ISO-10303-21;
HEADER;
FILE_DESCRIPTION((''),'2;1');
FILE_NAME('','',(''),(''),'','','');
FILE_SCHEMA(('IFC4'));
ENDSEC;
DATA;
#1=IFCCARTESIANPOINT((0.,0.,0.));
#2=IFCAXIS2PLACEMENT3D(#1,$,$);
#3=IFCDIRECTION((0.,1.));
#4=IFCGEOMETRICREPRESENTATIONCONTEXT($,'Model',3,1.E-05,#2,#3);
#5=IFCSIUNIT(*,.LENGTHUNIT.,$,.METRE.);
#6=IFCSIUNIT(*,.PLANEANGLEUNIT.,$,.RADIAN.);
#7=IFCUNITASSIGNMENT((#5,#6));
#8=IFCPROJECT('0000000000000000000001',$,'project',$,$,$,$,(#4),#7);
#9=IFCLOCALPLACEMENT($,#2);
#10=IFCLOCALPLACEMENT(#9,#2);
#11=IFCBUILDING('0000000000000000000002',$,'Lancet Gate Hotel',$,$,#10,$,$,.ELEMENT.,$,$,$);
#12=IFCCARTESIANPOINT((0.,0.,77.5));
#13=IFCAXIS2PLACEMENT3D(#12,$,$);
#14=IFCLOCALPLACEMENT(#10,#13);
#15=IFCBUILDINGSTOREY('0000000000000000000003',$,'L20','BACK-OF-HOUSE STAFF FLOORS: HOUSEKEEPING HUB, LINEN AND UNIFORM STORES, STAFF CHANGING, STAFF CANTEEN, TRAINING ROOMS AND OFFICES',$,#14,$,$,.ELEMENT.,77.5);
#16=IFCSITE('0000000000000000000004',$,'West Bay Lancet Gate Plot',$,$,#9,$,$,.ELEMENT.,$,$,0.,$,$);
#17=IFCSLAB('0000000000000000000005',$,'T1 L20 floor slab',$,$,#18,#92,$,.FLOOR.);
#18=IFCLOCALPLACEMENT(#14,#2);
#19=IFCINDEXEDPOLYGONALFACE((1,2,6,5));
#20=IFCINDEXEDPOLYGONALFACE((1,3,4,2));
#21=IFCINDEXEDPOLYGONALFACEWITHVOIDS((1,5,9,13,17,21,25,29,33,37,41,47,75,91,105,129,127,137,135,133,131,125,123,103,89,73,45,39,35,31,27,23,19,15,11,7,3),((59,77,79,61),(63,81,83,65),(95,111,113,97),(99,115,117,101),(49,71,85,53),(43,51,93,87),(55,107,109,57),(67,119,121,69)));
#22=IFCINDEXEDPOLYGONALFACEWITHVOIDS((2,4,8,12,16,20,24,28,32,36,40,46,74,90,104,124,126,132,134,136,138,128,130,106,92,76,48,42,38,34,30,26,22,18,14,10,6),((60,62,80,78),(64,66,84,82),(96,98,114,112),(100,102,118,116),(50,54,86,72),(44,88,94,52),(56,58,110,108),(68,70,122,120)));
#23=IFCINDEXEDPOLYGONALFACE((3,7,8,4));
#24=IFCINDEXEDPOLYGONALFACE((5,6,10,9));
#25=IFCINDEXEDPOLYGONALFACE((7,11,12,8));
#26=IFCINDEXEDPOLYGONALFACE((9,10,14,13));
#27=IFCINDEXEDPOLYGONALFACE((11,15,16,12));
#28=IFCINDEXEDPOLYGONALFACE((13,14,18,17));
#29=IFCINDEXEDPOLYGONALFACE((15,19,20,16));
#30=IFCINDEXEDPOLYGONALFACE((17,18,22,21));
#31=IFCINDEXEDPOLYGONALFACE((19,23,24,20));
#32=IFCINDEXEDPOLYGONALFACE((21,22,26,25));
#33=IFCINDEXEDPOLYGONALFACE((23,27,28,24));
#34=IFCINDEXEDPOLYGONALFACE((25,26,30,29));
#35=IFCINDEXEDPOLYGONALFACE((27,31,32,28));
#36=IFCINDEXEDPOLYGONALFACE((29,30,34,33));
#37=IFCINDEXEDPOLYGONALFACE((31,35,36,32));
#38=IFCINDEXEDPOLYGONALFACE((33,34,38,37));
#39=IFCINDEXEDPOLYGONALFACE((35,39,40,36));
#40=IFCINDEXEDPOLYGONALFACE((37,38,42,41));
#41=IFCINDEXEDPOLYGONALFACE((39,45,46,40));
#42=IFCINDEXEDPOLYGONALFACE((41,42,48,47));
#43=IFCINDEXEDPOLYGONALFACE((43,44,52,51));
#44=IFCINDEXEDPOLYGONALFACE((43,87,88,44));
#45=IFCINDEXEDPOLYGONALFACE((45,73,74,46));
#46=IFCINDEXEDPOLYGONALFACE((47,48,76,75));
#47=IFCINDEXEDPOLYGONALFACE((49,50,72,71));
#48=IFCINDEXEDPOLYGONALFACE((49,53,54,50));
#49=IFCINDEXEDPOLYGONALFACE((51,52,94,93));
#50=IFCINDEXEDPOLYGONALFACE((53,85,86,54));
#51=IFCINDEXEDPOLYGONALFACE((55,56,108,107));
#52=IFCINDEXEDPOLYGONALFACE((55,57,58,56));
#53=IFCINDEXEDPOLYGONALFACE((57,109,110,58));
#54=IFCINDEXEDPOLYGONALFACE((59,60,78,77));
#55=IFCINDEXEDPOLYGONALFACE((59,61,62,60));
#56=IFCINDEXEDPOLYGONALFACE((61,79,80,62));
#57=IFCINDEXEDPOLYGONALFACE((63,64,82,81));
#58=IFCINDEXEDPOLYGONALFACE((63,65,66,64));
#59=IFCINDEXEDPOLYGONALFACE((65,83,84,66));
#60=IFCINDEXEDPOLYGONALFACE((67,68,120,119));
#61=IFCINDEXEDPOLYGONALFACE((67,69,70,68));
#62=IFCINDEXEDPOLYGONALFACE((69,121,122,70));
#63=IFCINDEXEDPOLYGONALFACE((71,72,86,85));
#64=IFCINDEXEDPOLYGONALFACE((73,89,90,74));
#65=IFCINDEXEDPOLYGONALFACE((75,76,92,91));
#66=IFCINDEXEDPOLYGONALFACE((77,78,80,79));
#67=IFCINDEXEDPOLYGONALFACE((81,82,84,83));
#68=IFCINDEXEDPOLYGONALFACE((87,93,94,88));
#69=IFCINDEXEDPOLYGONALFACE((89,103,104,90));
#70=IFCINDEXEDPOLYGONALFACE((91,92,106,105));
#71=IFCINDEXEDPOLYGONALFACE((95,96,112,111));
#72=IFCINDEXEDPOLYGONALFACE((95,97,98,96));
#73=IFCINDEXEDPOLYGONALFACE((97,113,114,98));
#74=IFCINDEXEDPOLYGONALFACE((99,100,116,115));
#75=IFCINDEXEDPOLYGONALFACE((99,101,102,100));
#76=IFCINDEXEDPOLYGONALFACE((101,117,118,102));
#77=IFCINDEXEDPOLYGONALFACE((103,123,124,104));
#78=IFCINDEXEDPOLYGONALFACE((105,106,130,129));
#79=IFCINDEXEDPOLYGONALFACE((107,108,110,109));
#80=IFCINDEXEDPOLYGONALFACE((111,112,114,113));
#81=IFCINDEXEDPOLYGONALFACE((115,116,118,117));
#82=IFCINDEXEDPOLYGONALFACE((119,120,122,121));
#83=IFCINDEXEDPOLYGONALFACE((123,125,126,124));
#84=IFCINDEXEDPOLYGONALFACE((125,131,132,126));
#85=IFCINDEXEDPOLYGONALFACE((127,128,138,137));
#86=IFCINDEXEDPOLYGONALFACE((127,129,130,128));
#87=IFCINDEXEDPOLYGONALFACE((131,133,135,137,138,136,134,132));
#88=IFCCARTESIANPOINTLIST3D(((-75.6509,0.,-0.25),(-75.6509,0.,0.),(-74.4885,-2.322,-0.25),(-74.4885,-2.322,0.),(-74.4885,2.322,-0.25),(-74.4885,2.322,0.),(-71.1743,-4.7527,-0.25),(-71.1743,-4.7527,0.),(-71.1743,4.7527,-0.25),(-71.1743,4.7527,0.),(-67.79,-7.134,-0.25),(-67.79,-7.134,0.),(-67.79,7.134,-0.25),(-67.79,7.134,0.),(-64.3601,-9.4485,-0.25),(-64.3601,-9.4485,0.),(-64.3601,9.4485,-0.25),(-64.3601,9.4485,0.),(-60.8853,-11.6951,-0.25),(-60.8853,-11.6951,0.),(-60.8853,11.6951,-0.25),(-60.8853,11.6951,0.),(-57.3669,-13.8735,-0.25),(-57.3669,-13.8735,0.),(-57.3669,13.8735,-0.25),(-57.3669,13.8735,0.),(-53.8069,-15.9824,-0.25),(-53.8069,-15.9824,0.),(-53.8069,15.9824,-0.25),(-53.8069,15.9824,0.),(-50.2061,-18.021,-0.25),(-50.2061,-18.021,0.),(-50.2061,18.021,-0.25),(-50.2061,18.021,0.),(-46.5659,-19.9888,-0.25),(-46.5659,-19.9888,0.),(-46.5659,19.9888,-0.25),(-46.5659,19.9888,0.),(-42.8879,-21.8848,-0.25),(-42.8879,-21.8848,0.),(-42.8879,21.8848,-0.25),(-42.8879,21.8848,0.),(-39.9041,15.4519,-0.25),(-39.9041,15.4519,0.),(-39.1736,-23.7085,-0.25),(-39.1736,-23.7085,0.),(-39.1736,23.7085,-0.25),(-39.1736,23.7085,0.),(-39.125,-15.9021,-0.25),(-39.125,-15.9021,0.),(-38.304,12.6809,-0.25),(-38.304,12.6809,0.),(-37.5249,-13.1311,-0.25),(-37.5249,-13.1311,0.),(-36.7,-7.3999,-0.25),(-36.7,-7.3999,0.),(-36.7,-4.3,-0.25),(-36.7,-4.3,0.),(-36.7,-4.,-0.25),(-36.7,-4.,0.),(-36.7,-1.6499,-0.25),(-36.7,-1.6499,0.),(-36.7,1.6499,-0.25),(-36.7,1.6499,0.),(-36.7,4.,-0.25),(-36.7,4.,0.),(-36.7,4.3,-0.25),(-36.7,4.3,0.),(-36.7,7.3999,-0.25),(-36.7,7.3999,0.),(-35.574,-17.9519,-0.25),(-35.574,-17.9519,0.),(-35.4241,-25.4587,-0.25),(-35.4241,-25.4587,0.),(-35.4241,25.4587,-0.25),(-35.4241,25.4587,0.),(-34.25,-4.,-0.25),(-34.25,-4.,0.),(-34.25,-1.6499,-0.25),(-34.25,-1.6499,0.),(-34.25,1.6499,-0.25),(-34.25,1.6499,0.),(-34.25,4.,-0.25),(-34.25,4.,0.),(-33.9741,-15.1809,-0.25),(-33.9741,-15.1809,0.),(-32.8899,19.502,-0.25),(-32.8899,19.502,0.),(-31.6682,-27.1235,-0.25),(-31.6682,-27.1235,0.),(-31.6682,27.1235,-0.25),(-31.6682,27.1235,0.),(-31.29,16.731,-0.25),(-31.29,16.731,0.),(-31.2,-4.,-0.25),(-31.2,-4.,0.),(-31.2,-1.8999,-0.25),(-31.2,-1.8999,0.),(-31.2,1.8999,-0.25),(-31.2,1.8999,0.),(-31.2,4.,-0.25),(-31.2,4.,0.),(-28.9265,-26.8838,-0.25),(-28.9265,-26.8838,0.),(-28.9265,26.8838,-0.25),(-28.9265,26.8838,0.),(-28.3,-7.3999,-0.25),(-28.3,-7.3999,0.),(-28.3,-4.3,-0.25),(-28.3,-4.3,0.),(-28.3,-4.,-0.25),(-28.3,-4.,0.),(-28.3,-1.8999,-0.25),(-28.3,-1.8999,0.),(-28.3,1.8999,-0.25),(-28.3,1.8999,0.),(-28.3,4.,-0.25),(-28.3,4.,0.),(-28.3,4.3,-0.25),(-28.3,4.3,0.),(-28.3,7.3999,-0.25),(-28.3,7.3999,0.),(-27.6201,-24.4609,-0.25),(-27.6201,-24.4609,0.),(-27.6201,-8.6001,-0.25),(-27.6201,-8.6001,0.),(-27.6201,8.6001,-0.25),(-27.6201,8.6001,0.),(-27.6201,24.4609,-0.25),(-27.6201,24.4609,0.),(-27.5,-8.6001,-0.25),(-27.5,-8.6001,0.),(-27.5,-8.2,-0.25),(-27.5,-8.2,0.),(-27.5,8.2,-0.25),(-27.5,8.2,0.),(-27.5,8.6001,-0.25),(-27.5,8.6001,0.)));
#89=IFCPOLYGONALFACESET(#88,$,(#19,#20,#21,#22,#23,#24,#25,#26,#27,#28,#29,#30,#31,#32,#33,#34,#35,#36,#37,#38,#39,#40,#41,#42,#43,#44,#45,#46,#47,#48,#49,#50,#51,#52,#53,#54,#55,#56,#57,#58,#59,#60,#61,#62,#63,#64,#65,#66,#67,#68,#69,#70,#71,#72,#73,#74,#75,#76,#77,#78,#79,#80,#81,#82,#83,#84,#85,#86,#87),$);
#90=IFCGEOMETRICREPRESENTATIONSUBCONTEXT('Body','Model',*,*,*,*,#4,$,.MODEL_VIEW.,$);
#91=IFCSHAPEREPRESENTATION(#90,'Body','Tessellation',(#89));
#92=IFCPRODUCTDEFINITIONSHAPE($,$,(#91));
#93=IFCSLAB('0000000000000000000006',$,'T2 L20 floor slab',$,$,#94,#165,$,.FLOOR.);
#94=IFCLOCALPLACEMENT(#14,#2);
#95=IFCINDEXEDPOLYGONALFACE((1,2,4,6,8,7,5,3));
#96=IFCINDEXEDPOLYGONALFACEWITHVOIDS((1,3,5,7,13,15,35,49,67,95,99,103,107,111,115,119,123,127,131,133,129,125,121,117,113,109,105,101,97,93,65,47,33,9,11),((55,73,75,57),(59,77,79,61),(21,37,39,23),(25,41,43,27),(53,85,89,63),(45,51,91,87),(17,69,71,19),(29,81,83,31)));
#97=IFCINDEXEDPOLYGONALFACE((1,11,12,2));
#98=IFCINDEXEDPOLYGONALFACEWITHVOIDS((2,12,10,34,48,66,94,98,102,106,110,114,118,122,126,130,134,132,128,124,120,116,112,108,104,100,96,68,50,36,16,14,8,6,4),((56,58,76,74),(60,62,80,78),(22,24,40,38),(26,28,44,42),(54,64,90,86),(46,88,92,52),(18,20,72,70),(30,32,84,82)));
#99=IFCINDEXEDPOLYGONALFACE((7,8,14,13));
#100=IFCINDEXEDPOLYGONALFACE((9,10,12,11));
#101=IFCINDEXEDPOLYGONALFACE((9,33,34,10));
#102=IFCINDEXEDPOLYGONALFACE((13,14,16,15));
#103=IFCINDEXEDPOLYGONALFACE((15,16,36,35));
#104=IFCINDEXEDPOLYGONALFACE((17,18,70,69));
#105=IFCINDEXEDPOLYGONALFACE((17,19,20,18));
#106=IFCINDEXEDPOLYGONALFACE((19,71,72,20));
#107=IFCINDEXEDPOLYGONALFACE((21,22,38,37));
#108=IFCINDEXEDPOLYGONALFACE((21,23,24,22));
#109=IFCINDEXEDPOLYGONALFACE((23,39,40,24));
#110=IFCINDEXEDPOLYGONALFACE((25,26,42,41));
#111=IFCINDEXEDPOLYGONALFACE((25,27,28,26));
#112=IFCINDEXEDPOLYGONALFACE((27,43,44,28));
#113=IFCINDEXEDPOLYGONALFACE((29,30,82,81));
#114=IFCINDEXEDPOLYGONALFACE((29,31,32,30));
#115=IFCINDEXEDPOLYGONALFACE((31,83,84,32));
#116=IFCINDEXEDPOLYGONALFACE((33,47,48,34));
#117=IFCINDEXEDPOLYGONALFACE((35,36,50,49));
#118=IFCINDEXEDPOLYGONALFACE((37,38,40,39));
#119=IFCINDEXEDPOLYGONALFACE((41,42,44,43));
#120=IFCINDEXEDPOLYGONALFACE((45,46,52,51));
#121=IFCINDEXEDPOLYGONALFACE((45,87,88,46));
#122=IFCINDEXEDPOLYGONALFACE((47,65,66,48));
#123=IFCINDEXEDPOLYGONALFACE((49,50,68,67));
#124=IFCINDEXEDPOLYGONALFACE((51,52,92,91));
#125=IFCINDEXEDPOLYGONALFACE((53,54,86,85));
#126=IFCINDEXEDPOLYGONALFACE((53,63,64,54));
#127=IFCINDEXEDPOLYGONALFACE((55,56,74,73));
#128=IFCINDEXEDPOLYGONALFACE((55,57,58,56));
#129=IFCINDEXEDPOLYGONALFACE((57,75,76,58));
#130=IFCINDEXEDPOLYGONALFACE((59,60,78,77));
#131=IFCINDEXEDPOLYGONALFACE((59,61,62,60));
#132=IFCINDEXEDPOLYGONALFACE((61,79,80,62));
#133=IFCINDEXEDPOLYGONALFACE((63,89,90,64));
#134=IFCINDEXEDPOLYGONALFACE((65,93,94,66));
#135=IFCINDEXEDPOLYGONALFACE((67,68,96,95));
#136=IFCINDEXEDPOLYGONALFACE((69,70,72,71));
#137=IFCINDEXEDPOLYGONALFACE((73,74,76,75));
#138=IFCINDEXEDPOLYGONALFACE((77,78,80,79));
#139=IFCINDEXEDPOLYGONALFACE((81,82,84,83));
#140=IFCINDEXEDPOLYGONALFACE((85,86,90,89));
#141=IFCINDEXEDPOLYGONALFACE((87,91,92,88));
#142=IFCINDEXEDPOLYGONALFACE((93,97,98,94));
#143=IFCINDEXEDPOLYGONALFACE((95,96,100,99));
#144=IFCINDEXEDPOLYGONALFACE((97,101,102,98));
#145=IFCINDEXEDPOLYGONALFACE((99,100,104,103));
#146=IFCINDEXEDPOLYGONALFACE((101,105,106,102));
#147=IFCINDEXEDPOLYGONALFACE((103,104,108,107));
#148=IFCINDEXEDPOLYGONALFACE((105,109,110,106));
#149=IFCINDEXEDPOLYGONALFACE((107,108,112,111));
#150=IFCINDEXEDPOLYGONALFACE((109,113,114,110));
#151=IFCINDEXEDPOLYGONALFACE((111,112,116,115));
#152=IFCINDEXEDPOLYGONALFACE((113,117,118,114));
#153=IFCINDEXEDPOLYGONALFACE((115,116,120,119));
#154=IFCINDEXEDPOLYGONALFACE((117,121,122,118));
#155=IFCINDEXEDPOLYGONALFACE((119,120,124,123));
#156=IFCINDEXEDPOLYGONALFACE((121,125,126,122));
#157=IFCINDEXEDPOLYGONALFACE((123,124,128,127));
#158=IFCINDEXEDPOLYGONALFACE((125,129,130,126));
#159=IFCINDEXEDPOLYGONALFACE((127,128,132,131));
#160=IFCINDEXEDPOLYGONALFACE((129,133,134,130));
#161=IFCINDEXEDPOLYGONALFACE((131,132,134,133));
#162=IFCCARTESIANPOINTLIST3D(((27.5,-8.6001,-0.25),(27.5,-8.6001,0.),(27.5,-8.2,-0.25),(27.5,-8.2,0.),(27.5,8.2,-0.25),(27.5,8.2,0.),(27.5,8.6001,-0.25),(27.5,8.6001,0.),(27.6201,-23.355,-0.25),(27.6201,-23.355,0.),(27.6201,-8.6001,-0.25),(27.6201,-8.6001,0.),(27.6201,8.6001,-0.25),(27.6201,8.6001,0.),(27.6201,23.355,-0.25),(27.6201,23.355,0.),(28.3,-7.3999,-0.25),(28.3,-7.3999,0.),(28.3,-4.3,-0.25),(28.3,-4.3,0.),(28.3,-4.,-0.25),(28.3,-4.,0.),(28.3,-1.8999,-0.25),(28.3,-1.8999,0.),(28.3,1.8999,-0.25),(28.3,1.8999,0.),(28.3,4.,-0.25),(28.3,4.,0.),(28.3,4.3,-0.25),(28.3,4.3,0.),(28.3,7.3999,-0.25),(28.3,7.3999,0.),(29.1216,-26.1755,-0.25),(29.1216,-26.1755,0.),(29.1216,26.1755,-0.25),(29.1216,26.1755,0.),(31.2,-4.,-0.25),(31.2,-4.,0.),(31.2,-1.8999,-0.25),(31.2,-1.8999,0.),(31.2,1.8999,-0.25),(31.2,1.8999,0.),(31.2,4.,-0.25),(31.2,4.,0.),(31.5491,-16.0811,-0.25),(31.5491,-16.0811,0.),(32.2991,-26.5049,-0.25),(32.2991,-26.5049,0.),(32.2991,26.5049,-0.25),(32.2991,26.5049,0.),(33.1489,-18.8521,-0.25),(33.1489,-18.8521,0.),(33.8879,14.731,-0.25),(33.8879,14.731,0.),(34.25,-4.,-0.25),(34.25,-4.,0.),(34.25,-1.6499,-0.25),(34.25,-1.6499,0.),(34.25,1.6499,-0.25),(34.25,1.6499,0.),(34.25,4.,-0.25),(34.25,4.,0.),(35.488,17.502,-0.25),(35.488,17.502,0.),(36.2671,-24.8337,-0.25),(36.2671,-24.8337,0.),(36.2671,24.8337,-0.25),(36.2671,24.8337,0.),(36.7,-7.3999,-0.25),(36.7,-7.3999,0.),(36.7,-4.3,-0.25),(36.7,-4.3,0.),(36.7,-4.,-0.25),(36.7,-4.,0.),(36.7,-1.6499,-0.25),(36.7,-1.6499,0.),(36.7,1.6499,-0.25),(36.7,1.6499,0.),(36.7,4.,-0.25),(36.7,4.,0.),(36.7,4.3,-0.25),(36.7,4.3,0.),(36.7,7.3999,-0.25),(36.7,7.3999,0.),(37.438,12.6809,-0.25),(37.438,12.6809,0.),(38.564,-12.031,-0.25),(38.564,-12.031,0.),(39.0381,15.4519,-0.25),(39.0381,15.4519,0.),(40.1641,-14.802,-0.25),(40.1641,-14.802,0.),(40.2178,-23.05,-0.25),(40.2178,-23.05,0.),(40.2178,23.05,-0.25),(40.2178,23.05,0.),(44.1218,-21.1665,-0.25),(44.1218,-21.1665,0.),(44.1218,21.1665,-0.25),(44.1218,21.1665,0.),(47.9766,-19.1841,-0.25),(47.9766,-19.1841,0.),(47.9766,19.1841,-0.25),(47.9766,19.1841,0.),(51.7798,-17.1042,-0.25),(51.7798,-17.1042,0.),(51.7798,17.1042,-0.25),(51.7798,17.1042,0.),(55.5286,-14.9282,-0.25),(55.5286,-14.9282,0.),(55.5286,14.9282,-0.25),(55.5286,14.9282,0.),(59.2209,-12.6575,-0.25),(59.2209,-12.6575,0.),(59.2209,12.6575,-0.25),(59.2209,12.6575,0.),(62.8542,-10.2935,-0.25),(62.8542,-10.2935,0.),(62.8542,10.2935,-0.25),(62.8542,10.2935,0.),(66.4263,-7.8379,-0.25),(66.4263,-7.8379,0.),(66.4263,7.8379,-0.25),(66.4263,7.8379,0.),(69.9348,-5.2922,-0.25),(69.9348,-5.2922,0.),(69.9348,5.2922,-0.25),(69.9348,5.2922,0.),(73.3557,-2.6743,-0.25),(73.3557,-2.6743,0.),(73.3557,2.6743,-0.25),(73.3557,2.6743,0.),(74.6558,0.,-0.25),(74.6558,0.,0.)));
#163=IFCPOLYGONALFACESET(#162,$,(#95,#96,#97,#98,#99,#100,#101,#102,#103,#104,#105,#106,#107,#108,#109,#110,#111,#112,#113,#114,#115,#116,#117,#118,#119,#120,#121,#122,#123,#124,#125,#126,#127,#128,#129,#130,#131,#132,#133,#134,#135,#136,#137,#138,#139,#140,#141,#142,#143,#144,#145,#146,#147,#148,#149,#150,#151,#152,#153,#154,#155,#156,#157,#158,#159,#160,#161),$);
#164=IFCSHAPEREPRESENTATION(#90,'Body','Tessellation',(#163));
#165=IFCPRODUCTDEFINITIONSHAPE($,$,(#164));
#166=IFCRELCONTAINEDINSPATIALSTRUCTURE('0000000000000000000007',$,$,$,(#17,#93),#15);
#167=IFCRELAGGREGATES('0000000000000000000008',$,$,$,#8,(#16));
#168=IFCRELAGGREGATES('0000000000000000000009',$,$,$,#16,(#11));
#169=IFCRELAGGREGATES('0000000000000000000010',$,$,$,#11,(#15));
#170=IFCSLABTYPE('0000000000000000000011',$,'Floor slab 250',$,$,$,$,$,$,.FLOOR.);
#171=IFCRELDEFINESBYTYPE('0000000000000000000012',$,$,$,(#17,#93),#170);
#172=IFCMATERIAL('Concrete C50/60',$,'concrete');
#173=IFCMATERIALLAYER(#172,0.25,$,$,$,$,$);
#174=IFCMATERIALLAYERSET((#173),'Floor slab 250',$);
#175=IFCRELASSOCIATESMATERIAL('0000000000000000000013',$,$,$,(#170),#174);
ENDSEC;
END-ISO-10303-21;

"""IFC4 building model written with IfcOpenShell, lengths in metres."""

from ifc_helpers import new_model, si_unit, direction, frame, origin, place, context, subcontext, project, spatial, polyline, outline, extrude, material, layer, layer_set, type_object, element, save


model = new_model("IFC4")

# Units and contexts
model_context = context("Model", 3, precision=1e-05, world=origin(), true_north=direction((0.0, 1.0)))
body_context = subcontext(model_context, "Body", "Model", "MODEL_VIEW")
ifc_project = project(units=[si_unit("LENGTHUNIT", "METRE"), si_unit("PLANEANGLEUNIT", "RADIAN")], contexts=[model_context])

# Site, building, storey
site_placement = place(None, origin())
site = spatial("IfcSite", under=ifc_project, at=site_placement, Name="West Bay Lancet Gate Plot", CompositionType="ELEMENT", RefElevation=0.0)
building_placement = place(site_placement, origin())
building = spatial("IfcBuilding", under=site, at=building_placement, Name="Lancet Gate Hotel", CompositionType="ELEMENT")
storey_placement = place(building_placement, frame((0.0, 0.0, 77.5)))
storey = spatial("IfcBuildingStorey", under=building, at=storey_placement, Name="L20", Description="BACK-OF-HOUSE STAFF FLOORS: HOUSEKEEPING HUB, LINEN AND UNIFORM STORES, STAFF CHANGING, STAFF CANTEEN, TRAINING ROOMS AND OFFICES", CompositionType="ELEMENT", Elevation=77.5)

# Slabs
ifc_material_1 = material(Name="Concrete C50/60", Category="concrete")
ifc_layer_1 = layer(ifc_material_1, 0.25)
ifc_layer_set_1 = layer_set([ifc_layer_1], Name="Floor slab 250")
slab_type = type_object("IfcSlabType", Name="Floor slab 250", PredefinedType="FLOOR", material=ifc_layer_set_1)
slab_1_placement = place(storey_placement, frame((0.0, 0.0, -0.25)))
element("IfcSlab", 1, at=slab_1_placement, inside=storey, type_object=slab_type, Name="T1 L20 floor slab", PredefinedType="FLOOR", context=body_context, shape_type="SweptSolid", body=[
    extrude(outline(polyline([(-27.5, 8.6001), (-27.6201, 8.6001), (-27.6201, 24.4609), (-28.9265, 26.8838), (-31.6682, 27.1235), (-35.4241, 25.4587), (-39.1736, 23.7085), (-42.8879, 21.8848), (-46.5659, 19.9888), (-50.2061, 18.021), (-53.8069, 15.9824), (-57.3669, 13.8735), (-60.8853, 11.6951), (-64.3601, 9.4485), (-67.79, 7.134), (-71.1743, 4.7527), (-74.4885, 2.322), (-75.6509, 0.0), (-74.4885, -2.322), (-71.1743, -4.7527), (-67.79, -7.134), (-64.3601, -9.4485), (-60.8853, -11.6951), (-57.3669, -13.8735), (-53.8069, -15.9824), (-50.2061, -18.021), (-46.5659, -19.9888), (-42.8879, -21.8848), (-39.1736, -23.7085), (-35.4241, -25.4587), (-31.6682, -27.1235), (-28.9265, -26.8838), (-27.6201, -24.4609), (-27.6201, -8.6001), (-27.5, -8.6001), (-27.5, -8.2), (-27.5, 8.2), (-27.5, 8.6001)]), holes=[polyline([(-36.7, 7.3999), (-36.7, 4.3), (-28.3, 4.3), (-28.3, 7.3999), (-36.7, 7.3999)]), polyline([(-28.3, 4.0), (-31.2, 4.0), (-31.2, 1.8999), (-28.3, 1.8999), (-28.3, 4.0)]), polyline([(-34.25, 4.0), (-36.7, 4.0), (-36.7, 1.6499), (-34.25, 1.6499), (-34.25, 4.0)]), polyline([(-36.7, -1.6499), (-36.7, -4.0), (-34.25, -4.0), (-34.25, -1.6499), (-36.7, -1.6499)]), polyline([(-28.3, -1.8999), (-31.2, -1.8999), (-31.2, -4.0), (-28.3, -4.0), (-28.3, -1.8999)]), polyline([(-28.3, -4.3), (-36.7, -4.3), (-36.7, -7.3999), (-28.3, -7.3999), (-28.3, -4.3)]), polyline([(-31.29, 16.731), (-32.8899, 19.502), (-39.9041, 15.4519), (-38.304, 12.6809), (-31.29, 16.731)]), polyline([(-33.9741, -15.1809), (-37.5249, -13.1311), (-39.125, -15.9021), (-35.574, -17.9519), (-33.9741, -15.1809)])]), origin(), (0.0, 0.0, 1.0), 0.25),
])
slab_2_placement = place(storey_placement, frame((0.0, 0.0, -0.25)))
element("IfcSlab", 2, at=slab_2_placement, inside=storey, type_object=slab_type, Name="T2 L20 floor slab", PredefinedType="FLOOR", context=body_context, shape_type="SweptSolid", body=[
    extrude(outline(polyline([(27.5, -8.6001), (27.6201, -8.6001), (27.6201, -23.355), (29.1216, -26.1755), (32.2991, -26.5049), (36.2671, -24.8337), (40.2178, -23.05), (44.1218, -21.1665), (47.9766, -19.1841), (51.7798, -17.1042), (55.5286, -14.9282), (59.2209, -12.6575), (62.8542, -10.2935), (66.4263, -7.8379), (69.9348, -5.2922), (73.3557, -2.6743), (74.6558, 0.0), (73.3557, 2.6743), (69.9348, 5.2922), (66.4263, 7.8379), (62.8542, 10.2935), (59.2209, 12.6575), (55.5286, 14.9282), (51.7798, 17.1042), (47.9766, 19.1841), (44.1218, 21.1665), (40.2178, 23.05), (36.2671, 24.8337), (32.2991, 26.5049), (29.1216, 26.1755), (27.6201, 23.355), (27.6201, 8.6001), (27.5, 8.6001), (27.5, 8.2), (27.5, -8.2), (27.5, -8.6001)]), holes=[polyline([(36.7, -7.3999), (36.7, -4.3), (28.3, -4.3), (28.3, -7.3999), (36.7, -7.3999)]), polyline([(28.3, -4.0), (31.2, -4.0), (31.2, -1.8999), (28.3, -1.8999), (28.3, -4.0)]), polyline([(34.25, -4.0), (36.7, -4.0), (36.7, -1.6499), (34.25, -1.6499), (34.25, -4.0)]), polyline([(36.7, 1.6499), (36.7, 4.0), (34.25, 4.0), (34.25, 1.6499), (36.7, 1.6499)]), polyline([(28.3, 1.8999), (31.2, 1.8999), (31.2, 4.0), (28.3, 4.0), (28.3, 1.8999)]), polyline([(28.3, 4.3), (36.7, 4.3), (36.7, 7.3999), (28.3, 7.3999), (28.3, 4.3)]), polyline([(31.5491, -16.0811), (33.1489, -18.8521), (40.1641, -14.802), (38.564, -12.031), (31.5491, -16.0811)]), polyline([(33.8879, 14.731), (37.438, 12.6809), (39.0381, 15.4519), (35.488, 17.502), (33.8879, 14.731)])]), origin(), (0.0, 0.0, 1.0), 0.25),
])

save(model, "model.ifc")
